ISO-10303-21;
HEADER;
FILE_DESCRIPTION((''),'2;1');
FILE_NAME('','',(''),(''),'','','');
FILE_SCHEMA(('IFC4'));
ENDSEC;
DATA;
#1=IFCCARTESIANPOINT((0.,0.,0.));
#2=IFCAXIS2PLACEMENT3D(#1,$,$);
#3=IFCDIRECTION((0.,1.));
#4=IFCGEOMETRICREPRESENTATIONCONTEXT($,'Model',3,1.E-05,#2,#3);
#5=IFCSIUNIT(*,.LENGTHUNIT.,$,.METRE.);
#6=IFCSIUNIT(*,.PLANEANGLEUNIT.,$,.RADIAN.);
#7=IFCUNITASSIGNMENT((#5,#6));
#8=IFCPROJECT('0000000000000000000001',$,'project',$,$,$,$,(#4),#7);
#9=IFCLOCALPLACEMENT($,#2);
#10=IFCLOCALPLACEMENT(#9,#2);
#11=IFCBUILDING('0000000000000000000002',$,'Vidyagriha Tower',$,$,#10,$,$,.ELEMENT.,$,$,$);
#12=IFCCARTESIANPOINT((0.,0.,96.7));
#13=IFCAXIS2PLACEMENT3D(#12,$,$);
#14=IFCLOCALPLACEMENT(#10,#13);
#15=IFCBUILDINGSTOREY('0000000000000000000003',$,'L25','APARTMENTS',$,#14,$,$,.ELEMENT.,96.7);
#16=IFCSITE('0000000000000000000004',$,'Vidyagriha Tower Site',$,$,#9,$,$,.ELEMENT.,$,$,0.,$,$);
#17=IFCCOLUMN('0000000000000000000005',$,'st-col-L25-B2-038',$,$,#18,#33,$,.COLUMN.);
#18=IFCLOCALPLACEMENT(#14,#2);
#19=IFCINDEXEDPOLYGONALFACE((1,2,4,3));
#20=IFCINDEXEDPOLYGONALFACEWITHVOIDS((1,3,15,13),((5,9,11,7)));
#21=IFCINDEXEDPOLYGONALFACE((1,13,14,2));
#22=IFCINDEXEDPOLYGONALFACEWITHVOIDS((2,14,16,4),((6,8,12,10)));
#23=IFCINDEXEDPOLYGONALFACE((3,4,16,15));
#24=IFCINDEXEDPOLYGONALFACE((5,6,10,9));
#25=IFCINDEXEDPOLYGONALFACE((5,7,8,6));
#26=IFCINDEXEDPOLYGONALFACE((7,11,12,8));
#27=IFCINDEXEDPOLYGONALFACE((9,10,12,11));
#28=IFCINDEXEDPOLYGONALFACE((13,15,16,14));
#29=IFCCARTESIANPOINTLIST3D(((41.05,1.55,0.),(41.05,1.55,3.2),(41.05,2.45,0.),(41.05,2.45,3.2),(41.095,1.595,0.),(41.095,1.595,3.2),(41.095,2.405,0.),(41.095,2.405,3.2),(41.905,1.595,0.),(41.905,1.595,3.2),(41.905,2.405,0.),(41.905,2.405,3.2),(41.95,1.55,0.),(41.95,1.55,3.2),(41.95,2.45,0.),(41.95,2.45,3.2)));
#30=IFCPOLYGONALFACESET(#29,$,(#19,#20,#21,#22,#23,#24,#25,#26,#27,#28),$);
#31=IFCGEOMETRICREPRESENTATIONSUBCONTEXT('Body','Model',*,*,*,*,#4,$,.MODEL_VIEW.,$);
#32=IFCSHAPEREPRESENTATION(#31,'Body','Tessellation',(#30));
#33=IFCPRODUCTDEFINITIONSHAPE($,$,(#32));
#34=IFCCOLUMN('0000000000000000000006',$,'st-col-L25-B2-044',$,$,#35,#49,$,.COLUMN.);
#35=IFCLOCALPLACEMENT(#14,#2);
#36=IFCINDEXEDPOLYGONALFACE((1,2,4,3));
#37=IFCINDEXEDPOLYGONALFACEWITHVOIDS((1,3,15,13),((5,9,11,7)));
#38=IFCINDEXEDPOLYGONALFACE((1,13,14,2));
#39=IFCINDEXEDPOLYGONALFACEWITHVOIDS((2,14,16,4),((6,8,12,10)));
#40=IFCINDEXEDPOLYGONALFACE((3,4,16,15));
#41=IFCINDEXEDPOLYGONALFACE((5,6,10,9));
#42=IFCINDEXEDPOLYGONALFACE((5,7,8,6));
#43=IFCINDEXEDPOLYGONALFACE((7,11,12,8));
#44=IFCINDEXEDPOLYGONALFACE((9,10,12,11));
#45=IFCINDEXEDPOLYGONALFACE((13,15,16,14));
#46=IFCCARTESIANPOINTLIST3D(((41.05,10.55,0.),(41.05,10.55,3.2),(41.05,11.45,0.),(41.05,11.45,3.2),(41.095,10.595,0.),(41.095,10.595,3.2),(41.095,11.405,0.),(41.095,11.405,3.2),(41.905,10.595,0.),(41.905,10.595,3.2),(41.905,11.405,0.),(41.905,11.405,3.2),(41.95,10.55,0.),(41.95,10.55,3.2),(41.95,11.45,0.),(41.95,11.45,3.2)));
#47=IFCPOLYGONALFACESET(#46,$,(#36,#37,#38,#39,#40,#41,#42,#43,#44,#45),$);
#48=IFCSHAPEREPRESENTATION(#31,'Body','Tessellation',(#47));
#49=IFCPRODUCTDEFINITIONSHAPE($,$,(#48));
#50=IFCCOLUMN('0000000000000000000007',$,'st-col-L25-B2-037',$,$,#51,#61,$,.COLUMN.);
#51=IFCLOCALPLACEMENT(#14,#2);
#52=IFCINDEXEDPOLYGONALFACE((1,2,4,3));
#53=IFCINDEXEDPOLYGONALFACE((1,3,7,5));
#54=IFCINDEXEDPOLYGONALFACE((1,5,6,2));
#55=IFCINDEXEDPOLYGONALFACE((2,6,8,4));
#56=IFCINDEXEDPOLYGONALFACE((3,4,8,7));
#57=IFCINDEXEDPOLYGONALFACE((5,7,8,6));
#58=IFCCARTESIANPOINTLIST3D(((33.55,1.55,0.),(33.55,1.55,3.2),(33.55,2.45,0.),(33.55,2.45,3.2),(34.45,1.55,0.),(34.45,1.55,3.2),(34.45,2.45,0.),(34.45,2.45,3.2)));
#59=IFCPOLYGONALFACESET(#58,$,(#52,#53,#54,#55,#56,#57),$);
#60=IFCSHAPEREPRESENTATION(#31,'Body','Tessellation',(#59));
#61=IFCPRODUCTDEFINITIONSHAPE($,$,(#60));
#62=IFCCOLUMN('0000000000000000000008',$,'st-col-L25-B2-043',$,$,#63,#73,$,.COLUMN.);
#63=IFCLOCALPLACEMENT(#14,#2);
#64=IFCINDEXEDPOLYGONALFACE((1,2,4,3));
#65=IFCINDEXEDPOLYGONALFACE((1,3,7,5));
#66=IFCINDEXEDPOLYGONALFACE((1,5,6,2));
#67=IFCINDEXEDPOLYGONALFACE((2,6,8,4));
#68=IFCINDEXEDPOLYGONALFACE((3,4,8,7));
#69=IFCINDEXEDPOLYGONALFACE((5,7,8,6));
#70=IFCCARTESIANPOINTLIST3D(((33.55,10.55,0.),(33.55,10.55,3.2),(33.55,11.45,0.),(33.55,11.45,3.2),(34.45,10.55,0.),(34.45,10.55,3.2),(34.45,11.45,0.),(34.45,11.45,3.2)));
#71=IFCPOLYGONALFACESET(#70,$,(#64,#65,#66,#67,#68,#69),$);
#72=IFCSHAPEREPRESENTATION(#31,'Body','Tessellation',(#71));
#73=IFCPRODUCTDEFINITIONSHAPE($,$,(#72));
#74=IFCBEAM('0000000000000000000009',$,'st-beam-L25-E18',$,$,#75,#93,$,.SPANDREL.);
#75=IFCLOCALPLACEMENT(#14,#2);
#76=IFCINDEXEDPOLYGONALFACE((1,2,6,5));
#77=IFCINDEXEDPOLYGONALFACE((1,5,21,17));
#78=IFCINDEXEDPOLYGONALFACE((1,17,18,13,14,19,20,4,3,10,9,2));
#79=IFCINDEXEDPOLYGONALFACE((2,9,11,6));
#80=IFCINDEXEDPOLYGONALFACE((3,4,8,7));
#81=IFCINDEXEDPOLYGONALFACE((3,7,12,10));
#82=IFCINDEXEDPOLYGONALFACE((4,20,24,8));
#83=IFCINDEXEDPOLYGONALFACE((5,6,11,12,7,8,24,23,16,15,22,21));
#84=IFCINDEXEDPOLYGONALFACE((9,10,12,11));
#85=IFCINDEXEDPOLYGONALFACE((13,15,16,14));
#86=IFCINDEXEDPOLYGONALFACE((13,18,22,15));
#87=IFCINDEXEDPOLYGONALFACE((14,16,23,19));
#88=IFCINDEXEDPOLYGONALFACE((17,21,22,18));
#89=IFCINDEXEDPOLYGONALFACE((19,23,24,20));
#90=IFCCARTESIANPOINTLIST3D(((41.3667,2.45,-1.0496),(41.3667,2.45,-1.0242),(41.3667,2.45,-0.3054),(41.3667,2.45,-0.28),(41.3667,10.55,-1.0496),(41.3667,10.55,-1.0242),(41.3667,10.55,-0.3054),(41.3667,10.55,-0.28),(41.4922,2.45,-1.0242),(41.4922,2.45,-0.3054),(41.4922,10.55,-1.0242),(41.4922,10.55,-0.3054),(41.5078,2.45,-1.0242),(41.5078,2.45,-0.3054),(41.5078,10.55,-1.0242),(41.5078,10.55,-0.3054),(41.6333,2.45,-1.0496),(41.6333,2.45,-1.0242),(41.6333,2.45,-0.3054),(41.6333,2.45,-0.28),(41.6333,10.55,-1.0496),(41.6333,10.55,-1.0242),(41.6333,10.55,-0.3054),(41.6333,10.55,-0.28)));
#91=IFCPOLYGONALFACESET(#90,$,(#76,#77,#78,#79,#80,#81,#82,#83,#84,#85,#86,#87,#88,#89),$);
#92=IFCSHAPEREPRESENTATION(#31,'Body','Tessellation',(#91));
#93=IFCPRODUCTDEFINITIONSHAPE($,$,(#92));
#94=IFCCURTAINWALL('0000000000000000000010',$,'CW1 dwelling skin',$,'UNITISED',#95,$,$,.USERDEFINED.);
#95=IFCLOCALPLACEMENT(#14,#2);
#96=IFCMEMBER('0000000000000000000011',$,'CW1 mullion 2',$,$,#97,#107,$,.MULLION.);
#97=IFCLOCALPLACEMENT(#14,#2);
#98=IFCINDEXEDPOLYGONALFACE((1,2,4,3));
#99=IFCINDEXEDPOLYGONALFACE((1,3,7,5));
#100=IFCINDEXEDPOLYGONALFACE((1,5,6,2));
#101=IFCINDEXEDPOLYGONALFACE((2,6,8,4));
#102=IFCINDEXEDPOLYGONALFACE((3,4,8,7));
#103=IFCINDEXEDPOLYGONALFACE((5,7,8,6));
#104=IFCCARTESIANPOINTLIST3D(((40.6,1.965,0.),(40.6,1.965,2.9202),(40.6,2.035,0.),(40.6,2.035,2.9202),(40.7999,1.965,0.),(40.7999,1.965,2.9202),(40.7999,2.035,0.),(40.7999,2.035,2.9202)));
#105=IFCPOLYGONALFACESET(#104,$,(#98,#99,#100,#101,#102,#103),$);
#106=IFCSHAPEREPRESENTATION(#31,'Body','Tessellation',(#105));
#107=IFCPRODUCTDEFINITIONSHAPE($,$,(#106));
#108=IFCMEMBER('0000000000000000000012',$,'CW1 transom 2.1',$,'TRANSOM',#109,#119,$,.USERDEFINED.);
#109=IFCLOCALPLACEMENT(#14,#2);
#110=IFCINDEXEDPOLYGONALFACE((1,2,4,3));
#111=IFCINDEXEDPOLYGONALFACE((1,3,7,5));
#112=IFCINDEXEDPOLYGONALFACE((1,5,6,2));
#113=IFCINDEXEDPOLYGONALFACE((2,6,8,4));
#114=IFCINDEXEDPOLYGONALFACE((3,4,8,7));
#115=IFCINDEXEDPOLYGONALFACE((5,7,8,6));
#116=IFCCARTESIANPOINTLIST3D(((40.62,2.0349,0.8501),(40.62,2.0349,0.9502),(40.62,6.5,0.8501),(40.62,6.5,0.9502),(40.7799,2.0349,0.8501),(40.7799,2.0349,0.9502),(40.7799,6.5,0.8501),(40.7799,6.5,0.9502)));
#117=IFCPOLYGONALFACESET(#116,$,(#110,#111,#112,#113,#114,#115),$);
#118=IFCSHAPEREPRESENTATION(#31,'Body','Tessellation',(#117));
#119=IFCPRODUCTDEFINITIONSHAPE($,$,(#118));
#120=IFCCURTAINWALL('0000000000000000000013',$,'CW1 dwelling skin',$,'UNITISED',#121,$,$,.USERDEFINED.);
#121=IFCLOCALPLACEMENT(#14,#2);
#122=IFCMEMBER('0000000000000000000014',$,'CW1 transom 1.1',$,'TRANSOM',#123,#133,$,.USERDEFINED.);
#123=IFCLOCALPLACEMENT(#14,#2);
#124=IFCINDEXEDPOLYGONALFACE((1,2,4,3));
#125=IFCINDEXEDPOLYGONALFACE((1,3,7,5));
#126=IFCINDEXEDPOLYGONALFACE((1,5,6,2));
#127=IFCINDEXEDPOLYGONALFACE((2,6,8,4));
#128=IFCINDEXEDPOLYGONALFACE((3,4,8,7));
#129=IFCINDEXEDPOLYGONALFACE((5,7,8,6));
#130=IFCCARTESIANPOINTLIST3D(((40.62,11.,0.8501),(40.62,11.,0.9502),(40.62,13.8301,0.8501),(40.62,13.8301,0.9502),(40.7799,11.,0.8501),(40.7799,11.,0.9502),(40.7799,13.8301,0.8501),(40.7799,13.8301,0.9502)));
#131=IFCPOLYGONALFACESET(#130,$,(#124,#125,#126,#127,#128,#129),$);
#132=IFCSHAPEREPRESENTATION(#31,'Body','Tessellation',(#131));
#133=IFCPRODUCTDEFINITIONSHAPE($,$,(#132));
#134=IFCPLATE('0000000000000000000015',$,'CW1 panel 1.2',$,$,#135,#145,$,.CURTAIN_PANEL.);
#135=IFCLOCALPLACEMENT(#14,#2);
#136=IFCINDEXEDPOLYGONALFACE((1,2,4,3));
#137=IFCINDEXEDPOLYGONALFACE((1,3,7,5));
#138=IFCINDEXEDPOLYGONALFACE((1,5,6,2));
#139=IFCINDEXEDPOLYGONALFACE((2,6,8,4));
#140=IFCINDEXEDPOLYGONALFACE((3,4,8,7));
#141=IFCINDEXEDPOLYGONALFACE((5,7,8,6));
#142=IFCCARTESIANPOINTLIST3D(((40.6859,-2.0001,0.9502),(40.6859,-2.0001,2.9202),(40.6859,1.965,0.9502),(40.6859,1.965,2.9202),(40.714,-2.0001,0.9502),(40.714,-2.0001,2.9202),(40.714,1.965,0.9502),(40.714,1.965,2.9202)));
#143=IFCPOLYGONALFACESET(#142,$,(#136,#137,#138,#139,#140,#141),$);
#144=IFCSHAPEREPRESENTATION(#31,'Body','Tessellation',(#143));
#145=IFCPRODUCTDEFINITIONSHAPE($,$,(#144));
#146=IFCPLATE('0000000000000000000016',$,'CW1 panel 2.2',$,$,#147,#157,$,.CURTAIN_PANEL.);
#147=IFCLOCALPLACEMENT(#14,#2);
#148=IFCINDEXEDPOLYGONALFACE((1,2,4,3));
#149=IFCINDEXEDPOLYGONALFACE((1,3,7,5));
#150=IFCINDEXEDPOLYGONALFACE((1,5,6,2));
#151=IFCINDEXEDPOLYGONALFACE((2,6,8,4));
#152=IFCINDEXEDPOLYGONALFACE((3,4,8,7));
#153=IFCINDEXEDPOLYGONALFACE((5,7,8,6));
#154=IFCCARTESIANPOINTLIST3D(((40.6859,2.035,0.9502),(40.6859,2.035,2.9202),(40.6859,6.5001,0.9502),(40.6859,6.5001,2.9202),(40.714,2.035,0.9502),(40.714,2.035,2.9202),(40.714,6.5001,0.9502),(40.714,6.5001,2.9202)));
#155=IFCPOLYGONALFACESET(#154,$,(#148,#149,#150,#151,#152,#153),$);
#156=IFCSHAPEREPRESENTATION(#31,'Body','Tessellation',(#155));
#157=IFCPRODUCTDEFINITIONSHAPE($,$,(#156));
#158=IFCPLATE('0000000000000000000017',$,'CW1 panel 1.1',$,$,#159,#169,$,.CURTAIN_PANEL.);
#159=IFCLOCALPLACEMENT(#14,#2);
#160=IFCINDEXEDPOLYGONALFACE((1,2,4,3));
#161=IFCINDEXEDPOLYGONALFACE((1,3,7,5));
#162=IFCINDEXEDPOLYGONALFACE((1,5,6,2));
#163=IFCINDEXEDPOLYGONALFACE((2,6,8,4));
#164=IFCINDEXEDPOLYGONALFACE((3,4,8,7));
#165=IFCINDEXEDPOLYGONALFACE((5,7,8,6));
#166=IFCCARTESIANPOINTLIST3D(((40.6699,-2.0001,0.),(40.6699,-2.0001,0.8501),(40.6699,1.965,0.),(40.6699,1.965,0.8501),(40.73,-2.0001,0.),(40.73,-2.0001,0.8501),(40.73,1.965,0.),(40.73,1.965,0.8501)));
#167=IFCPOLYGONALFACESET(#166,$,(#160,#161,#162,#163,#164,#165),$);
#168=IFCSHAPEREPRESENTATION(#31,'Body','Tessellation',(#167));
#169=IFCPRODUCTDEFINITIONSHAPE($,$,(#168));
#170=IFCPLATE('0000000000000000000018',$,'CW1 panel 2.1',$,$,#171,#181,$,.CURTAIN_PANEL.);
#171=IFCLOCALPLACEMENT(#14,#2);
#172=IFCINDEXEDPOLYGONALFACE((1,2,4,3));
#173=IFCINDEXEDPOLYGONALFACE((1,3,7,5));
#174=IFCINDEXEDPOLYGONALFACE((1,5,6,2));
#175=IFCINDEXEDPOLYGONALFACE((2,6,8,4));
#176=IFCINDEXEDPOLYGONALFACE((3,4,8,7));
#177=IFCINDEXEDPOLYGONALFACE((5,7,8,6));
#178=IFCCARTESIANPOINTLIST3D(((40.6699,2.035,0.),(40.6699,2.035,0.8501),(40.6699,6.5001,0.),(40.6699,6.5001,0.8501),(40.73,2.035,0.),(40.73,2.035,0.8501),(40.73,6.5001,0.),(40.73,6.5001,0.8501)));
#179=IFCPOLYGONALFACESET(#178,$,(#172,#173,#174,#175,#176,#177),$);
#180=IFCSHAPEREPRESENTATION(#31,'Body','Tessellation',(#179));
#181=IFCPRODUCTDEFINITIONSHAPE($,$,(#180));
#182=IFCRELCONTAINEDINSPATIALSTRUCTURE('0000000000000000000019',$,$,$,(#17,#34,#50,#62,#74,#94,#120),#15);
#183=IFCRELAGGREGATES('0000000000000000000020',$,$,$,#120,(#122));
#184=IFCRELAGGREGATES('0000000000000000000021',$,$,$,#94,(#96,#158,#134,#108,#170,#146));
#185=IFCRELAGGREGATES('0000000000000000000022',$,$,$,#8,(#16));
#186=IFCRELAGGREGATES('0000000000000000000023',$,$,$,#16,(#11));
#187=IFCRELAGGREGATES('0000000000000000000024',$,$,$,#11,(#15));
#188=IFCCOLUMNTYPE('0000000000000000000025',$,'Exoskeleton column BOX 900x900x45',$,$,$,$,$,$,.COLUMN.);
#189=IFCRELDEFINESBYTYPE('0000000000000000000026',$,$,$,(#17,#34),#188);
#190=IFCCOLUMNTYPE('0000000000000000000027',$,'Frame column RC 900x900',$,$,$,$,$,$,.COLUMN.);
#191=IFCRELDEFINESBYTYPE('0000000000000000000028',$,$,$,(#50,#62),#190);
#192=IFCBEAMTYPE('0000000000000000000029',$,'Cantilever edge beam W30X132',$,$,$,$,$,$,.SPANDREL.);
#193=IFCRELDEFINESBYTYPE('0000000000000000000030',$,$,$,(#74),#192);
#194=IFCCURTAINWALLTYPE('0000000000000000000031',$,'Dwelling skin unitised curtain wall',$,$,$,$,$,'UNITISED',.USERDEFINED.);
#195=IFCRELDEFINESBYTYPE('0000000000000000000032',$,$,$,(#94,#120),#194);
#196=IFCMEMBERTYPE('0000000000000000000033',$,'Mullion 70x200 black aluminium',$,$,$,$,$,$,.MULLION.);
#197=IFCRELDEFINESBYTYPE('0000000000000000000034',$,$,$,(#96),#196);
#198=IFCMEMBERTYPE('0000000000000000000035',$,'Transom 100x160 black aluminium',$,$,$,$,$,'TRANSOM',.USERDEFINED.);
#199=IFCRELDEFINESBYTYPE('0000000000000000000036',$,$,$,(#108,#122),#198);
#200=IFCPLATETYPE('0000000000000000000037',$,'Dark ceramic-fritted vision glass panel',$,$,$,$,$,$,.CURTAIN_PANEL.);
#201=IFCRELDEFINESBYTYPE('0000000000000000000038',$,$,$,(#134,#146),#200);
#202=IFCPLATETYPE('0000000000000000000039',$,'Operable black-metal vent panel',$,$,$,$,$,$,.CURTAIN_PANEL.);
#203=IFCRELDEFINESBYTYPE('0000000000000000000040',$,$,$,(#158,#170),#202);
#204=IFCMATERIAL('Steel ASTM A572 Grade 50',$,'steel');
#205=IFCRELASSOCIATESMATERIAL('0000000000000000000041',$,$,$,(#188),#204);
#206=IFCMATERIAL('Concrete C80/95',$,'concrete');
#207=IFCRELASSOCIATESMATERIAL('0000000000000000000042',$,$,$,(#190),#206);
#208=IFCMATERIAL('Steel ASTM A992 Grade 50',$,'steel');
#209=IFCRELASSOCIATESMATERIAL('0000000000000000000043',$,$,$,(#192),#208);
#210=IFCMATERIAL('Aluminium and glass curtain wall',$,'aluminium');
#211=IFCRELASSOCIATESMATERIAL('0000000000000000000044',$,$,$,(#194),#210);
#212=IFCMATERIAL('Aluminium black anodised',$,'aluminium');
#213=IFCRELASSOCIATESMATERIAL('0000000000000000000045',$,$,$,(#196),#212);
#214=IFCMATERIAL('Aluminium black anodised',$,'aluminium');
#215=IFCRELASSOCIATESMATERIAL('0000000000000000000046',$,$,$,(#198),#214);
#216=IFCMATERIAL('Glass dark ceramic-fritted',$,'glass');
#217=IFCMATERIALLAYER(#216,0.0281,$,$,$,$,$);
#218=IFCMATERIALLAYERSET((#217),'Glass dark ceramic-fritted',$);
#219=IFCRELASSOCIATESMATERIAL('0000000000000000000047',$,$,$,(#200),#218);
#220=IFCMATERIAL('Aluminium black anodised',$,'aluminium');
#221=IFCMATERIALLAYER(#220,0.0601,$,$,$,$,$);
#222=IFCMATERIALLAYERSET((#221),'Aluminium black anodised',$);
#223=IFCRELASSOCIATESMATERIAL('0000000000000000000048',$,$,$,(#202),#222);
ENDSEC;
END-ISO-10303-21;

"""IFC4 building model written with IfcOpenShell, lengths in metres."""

from ifc_helpers import new_model, si_unit, direction, frame, origin, origin_2d, place, context, subcontext, project, spatial, rectangle, hollow_rectangle, i_section, extrude, material, layer, layer_set, material_profile, profile_set, type_object, element, aggregate, save


model = new_model("IFC4")

# Units and contexts
model_context = context("Model", 3, precision=1e-05, world=origin(), true_north=direction((0.0, 1.0)))
body_context = subcontext(model_context, "Body", "Model", "MODEL_VIEW")
ifc_project = project(units=[si_unit("LENGTHUNIT", "METRE"), si_unit("PLANEANGLEUNIT", "RADIAN")], contexts=[model_context])

# Site, building, storey
site_placement = place(None, origin())
site = spatial("IfcSite", under=ifc_project, at=site_placement, Name="Vidyagriha Tower Site", CompositionType="ELEMENT", RefElevation=0.0)
building_placement = place(site_placement, origin())
building = spatial("IfcBuilding", under=site, at=building_placement, Name="Vidyagriha Tower", CompositionType="ELEMENT")
storey_placement = place(building_placement, frame((0.0, 0.0, 96.7)))
storey = spatial("IfcBuildingStorey", under=building, at=storey_placement, Name="L25", Description="APARTMENTS", CompositionType="ELEMENT", Elevation=96.7)

# Columns
ifc_material_1 = material(Name="Steel ASTM A572 Grade 50", Category="steel")
ifc_material_profile_1 = material_profile(ifc_material_1, hollow_rectangle(XDim=0.8999, YDim=0.8999, WallThickness=0.0449, at=origin_2d()), Name="BOX 900x900x45")
ifc_profile_set_1 = profile_set([ifc_material_profile_1], Name="Steel ASTM A572 Grade 50")
column_type_1 = type_object("IfcColumnType", Name="Exoskeleton column BOX 900x900x45", PredefinedType="COLUMN", material=ifc_profile_set_1)
for number, where, name in (
    (1, (41.5, 2.0, 0.0), "st-col-L25-B2-038"),
    (2, (41.5, 11.0, 0.0), "st-col-L25-B2-044"),
):
    element("IfcColumn", number, at=place(storey_placement, frame(where)), inside=storey, type_object=column_type_1, Name=name, PredefinedType="COLUMN", context=body_context, shape_type="SweptSolid", body=[
        extrude(hollow_rectangle(XDim=0.8999, YDim=0.8999, WallThickness=0.0449, at=origin_2d()), origin(), (0.0, 0.0, 1.0), 3.2),
    ])
ifc_material_2 = material(Name="Concrete C80/95", Category="concrete")
ifc_material_profile_2 = material_profile(ifc_material_2, rectangle(XDim=0.8999, YDim=0.8999, at=origin_2d()), Name="RC 900x900")
ifc_profile_set_2 = profile_set([ifc_material_profile_2], Name="Concrete C80/95")
column_type_2 = type_object("IfcColumnType", Name="Frame column RC 900x900", PredefinedType="COLUMN", material=ifc_profile_set_2)
for number, where, name in (
    (3, (34.0, 2.0, 0.0), "st-col-L25-B2-037"),
    (4, (34.0, 11.0, 0.0), "st-col-L25-B2-043"),
):
    element("IfcColumn", number, at=place(storey_placement, frame(where)), inside=storey, type_object=column_type_2, Name=name, PredefinedType="COLUMN", context=body_context, shape_type="SweptSolid", body=[
        extrude(rectangle(XDim=0.8999, YDim=0.8999, at=origin_2d()), origin(), (0.0, 0.0, 1.0), 3.2),
    ])

# Beam
ifc_material_3 = material(Name="Steel ASTM A992 Grade 50", Category="steel")
ifc_material_profile_3 = material_profile(ifc_material_3, i_section(OverallWidth=0.2666, OverallDepth=0.7695, WebThickness=0.0156, FlangeThickness=0.0254, at=origin_2d()), Name="W30X132")
ifc_profile_set_3 = profile_set([ifc_material_profile_3], Name="Steel ASTM A992 Grade 50")
beam_type = type_object("IfcBeamType", Name="Cantilever edge beam W30X132", PredefinedType="SPANDREL", material=ifc_profile_set_3)
beam_placement = place(storey_placement, frame((41.5, 2.45, -0.6648), z_axis=(0.0, 1.0, 0.0), x_axis=(-1.0, 0.0, 0.0)))
element("IfcBeam", 5, at=beam_placement, inside=storey, type_object=beam_type, Name="st-beam-L25-E18", PredefinedType="SPANDREL", context=body_context, shape_type="SweptSolid", body=[
    extrude(i_section(OverallWidth=0.2666, OverallDepth=0.7695, WebThickness=0.0156, FlangeThickness=0.0254, at=origin_2d()), origin(), (0.0, 0.0, 1.0), 8.1001),
])

# Curtain wall, members
ifc_material_4 = material(Name="Aluminium and glass curtain wall", Category="aluminium")
curtain_wall_type = type_object("IfcCurtainWallType", Name="Dwelling skin unitised curtain wall", ElementType="UNITISED", PredefinedType="USERDEFINED", material=ifc_material_4)
curtain_wall_1_placement = place(storey_placement, origin())
curtain_wall_1 = element("IfcCurtainWall", 6, at=curtain_wall_1_placement, inside=storey, type_object=curtain_wall_type, Name="CW1 dwelling skin", ObjectType="UNITISED", PredefinedType="USERDEFINED")
ifc_material_5 = material(Name="Aluminium black anodised", Category="aluminium")
ifc_material_profile_4 = material_profile(ifc_material_5, rectangle(XDim=0.2, YDim=0.0701, at=origin_2d()), Name="Mullion 70x200 black aluminium")
ifc_profile_set_4 = profile_set([ifc_material_profile_4], Name="Aluminium black anodised")
member_type_1 = type_object("IfcMemberType", Name="Mullion 70x200 black aluminium", PredefinedType="MULLION", material=ifc_profile_set_4)
member_1_placement = place(storey_placement, frame((40.7, 2.0, 0.0), z_axis=(0.0, 0.0, 1.0), x_axis=(-1.0, 0.0, 0.0)))
member_1 = element("IfcMember", 7, at=member_1_placement, type_object=member_type_1, Name="CW1 mullion 2", PredefinedType="MULLION", context=body_context, shape_type="SweptSolid", body=[
    extrude(rectangle(XDim=0.2, YDim=0.0701, at=origin_2d()), origin(), (0.0, 0.0, 1.0), 2.9202),
])
ifc_material_6 = material(Name="Aluminium black anodised", Category="aluminium")
ifc_material_profile_5 = material_profile(ifc_material_6, rectangle(XDim=0.1599, YDim=0.1001, at=origin_2d()), Name="Transom 100x160 black aluminium")
ifc_profile_set_5 = profile_set([ifc_material_profile_5], Name="Aluminium black anodised")
member_type_2 = type_object("IfcMemberType", Name="Transom 100x160 black aluminium", ElementType="TRANSOM", PredefinedType="USERDEFINED", material=ifc_profile_set_5)
member_2_placement = place(storey_placement, frame((40.7, 2.0349, 0.9001), z_axis=(0.0, 1.0, 0.0), x_axis=(-1.0, 0.0, 0.0)))
member_2 = element("IfcMember", 8, at=member_2_placement, type_object=member_type_2, Name="CW1 transom 2.1", ObjectType="TRANSOM", PredefinedType="USERDEFINED", context=body_context, shape_type="SweptSolid", body=[
    extrude(rectangle(XDim=0.1599, YDim=0.1001, at=origin_2d()), origin(), (0.0, 0.0, 1.0), 4.4651),
])

# Curtain wall, member
curtain_wall_2_placement = place(storey_placement, origin())
curtain_wall_2 = element("IfcCurtainWall", 9, at=curtain_wall_2_placement, inside=storey, type_object=curtain_wall_type, Name="CW1 dwelling skin", ObjectType="UNITISED", PredefinedType="USERDEFINED")
member_3_placement = place(storey_placement, frame((40.7, 11.0, 0.9001), z_axis=(0.0, 1.0, 0.0), x_axis=(-1.0, 0.0, 0.0)))
member_3 = element("IfcMember", 10, at=member_3_placement, type_object=member_type_2, Name="CW1 transom 1.1", ObjectType="TRANSOM", PredefinedType="USERDEFINED", context=body_context, shape_type="SweptSolid", body=[
    extrude(rectangle(XDim=0.1599, YDim=0.1001, at=origin_2d()), origin(), (0.0, 0.0, 1.0), 2.8301),
])
aggregate(curtain_wall_2, [member_3])

# Plates
ifc_material_7 = material(Name="Glass dark ceramic-fritted", Category="glass")
ifc_layer_1 = layer(ifc_material_7, 0.0281)
ifc_layer_set_1 = layer_set([ifc_layer_1], Name="Glass dark ceramic-fritted")
plate_type_1 = type_object("IfcPlateType", Name="Dark ceramic-fritted vision glass panel", PredefinedType="CURTAIN_PANEL", material=ifc_layer_set_1)
plate_1_placement = place(storey_placement, frame((40.7, -0.0176, 0.9502), z_axis=(0.0, 0.0, 1.0), x_axis=(0.0, 1.0, 0.0)))
plate_1 = element("IfcPlate", 11, at=plate_1_placement, type_object=plate_type_1, Name="CW1 panel 1.2", PredefinedType="CURTAIN_PANEL", context=body_context, shape_type="SweptSolid", body=[
    extrude(rectangle(XDim=3.9651, YDim=0.0281, at=origin_2d()), origin(), (0.0, 0.0, 1.0), 1.97),
])
plate_2_placement = place(storey_placement, frame((40.7, 4.2676, 0.9502), z_axis=(0.0, 0.0, 1.0), x_axis=(0.0, 1.0, 0.0)))
plate_2 = element("IfcPlate", 12, at=plate_2_placement, type_object=plate_type_1, Name="CW1 panel 2.2", PredefinedType="CURTAIN_PANEL", context=body_context, shape_type="SweptSolid", body=[
    extrude(rectangle(XDim=4.4651, YDim=0.0281, at=origin_2d()), origin(), (0.0, 0.0, 1.0), 1.97),
])
ifc_material_8 = material(Name="Aluminium black anodised", Category="aluminium")
ifc_layer_2 = layer(ifc_material_8, 0.0601)
ifc_layer_set_2 = layer_set([ifc_layer_2], Name="Aluminium black anodised")
plate_type_2 = type_object("IfcPlateType", Name="Operable black-metal vent panel", PredefinedType="CURTAIN_PANEL", material=ifc_layer_set_2)
plate_3_placement = place(storey_placement, frame((40.7, -0.0176, 0.0), z_axis=(0.0, 0.0, 1.0), x_axis=(0.0, 1.0, 0.0)))
plate_3 = element("IfcPlate", 13, at=plate_3_placement, type_object=plate_type_2, Name="CW1 panel 1.1", PredefinedType="CURTAIN_PANEL", context=body_context, shape_type="SweptSolid", body=[
    extrude(rectangle(XDim=3.9651, YDim=0.0601, at=origin_2d()), origin(), (0.0, 0.0, 1.0), 0.8501),
])
plate_4_placement = place(storey_placement, frame((40.7, 4.2676, 0.0), z_axis=(0.0, 0.0, 1.0), x_axis=(0.0, 1.0, 0.0)))
plate_4 = element("IfcPlate", 14, at=plate_4_placement, type_object=plate_type_2, Name="CW1 panel 2.1", PredefinedType="CURTAIN_PANEL", context=body_context, shape_type="SweptSolid", body=[
    extrude(rectangle(XDim=4.4651, YDim=0.0601, at=origin_2d()), origin(), (0.0, 0.0, 1.0), 0.8501),
])
aggregate(curtain_wall_1, [member_1, plate_3, plate_1, member_2, plate_4, plate_2])

save(model, "model.ifc")
